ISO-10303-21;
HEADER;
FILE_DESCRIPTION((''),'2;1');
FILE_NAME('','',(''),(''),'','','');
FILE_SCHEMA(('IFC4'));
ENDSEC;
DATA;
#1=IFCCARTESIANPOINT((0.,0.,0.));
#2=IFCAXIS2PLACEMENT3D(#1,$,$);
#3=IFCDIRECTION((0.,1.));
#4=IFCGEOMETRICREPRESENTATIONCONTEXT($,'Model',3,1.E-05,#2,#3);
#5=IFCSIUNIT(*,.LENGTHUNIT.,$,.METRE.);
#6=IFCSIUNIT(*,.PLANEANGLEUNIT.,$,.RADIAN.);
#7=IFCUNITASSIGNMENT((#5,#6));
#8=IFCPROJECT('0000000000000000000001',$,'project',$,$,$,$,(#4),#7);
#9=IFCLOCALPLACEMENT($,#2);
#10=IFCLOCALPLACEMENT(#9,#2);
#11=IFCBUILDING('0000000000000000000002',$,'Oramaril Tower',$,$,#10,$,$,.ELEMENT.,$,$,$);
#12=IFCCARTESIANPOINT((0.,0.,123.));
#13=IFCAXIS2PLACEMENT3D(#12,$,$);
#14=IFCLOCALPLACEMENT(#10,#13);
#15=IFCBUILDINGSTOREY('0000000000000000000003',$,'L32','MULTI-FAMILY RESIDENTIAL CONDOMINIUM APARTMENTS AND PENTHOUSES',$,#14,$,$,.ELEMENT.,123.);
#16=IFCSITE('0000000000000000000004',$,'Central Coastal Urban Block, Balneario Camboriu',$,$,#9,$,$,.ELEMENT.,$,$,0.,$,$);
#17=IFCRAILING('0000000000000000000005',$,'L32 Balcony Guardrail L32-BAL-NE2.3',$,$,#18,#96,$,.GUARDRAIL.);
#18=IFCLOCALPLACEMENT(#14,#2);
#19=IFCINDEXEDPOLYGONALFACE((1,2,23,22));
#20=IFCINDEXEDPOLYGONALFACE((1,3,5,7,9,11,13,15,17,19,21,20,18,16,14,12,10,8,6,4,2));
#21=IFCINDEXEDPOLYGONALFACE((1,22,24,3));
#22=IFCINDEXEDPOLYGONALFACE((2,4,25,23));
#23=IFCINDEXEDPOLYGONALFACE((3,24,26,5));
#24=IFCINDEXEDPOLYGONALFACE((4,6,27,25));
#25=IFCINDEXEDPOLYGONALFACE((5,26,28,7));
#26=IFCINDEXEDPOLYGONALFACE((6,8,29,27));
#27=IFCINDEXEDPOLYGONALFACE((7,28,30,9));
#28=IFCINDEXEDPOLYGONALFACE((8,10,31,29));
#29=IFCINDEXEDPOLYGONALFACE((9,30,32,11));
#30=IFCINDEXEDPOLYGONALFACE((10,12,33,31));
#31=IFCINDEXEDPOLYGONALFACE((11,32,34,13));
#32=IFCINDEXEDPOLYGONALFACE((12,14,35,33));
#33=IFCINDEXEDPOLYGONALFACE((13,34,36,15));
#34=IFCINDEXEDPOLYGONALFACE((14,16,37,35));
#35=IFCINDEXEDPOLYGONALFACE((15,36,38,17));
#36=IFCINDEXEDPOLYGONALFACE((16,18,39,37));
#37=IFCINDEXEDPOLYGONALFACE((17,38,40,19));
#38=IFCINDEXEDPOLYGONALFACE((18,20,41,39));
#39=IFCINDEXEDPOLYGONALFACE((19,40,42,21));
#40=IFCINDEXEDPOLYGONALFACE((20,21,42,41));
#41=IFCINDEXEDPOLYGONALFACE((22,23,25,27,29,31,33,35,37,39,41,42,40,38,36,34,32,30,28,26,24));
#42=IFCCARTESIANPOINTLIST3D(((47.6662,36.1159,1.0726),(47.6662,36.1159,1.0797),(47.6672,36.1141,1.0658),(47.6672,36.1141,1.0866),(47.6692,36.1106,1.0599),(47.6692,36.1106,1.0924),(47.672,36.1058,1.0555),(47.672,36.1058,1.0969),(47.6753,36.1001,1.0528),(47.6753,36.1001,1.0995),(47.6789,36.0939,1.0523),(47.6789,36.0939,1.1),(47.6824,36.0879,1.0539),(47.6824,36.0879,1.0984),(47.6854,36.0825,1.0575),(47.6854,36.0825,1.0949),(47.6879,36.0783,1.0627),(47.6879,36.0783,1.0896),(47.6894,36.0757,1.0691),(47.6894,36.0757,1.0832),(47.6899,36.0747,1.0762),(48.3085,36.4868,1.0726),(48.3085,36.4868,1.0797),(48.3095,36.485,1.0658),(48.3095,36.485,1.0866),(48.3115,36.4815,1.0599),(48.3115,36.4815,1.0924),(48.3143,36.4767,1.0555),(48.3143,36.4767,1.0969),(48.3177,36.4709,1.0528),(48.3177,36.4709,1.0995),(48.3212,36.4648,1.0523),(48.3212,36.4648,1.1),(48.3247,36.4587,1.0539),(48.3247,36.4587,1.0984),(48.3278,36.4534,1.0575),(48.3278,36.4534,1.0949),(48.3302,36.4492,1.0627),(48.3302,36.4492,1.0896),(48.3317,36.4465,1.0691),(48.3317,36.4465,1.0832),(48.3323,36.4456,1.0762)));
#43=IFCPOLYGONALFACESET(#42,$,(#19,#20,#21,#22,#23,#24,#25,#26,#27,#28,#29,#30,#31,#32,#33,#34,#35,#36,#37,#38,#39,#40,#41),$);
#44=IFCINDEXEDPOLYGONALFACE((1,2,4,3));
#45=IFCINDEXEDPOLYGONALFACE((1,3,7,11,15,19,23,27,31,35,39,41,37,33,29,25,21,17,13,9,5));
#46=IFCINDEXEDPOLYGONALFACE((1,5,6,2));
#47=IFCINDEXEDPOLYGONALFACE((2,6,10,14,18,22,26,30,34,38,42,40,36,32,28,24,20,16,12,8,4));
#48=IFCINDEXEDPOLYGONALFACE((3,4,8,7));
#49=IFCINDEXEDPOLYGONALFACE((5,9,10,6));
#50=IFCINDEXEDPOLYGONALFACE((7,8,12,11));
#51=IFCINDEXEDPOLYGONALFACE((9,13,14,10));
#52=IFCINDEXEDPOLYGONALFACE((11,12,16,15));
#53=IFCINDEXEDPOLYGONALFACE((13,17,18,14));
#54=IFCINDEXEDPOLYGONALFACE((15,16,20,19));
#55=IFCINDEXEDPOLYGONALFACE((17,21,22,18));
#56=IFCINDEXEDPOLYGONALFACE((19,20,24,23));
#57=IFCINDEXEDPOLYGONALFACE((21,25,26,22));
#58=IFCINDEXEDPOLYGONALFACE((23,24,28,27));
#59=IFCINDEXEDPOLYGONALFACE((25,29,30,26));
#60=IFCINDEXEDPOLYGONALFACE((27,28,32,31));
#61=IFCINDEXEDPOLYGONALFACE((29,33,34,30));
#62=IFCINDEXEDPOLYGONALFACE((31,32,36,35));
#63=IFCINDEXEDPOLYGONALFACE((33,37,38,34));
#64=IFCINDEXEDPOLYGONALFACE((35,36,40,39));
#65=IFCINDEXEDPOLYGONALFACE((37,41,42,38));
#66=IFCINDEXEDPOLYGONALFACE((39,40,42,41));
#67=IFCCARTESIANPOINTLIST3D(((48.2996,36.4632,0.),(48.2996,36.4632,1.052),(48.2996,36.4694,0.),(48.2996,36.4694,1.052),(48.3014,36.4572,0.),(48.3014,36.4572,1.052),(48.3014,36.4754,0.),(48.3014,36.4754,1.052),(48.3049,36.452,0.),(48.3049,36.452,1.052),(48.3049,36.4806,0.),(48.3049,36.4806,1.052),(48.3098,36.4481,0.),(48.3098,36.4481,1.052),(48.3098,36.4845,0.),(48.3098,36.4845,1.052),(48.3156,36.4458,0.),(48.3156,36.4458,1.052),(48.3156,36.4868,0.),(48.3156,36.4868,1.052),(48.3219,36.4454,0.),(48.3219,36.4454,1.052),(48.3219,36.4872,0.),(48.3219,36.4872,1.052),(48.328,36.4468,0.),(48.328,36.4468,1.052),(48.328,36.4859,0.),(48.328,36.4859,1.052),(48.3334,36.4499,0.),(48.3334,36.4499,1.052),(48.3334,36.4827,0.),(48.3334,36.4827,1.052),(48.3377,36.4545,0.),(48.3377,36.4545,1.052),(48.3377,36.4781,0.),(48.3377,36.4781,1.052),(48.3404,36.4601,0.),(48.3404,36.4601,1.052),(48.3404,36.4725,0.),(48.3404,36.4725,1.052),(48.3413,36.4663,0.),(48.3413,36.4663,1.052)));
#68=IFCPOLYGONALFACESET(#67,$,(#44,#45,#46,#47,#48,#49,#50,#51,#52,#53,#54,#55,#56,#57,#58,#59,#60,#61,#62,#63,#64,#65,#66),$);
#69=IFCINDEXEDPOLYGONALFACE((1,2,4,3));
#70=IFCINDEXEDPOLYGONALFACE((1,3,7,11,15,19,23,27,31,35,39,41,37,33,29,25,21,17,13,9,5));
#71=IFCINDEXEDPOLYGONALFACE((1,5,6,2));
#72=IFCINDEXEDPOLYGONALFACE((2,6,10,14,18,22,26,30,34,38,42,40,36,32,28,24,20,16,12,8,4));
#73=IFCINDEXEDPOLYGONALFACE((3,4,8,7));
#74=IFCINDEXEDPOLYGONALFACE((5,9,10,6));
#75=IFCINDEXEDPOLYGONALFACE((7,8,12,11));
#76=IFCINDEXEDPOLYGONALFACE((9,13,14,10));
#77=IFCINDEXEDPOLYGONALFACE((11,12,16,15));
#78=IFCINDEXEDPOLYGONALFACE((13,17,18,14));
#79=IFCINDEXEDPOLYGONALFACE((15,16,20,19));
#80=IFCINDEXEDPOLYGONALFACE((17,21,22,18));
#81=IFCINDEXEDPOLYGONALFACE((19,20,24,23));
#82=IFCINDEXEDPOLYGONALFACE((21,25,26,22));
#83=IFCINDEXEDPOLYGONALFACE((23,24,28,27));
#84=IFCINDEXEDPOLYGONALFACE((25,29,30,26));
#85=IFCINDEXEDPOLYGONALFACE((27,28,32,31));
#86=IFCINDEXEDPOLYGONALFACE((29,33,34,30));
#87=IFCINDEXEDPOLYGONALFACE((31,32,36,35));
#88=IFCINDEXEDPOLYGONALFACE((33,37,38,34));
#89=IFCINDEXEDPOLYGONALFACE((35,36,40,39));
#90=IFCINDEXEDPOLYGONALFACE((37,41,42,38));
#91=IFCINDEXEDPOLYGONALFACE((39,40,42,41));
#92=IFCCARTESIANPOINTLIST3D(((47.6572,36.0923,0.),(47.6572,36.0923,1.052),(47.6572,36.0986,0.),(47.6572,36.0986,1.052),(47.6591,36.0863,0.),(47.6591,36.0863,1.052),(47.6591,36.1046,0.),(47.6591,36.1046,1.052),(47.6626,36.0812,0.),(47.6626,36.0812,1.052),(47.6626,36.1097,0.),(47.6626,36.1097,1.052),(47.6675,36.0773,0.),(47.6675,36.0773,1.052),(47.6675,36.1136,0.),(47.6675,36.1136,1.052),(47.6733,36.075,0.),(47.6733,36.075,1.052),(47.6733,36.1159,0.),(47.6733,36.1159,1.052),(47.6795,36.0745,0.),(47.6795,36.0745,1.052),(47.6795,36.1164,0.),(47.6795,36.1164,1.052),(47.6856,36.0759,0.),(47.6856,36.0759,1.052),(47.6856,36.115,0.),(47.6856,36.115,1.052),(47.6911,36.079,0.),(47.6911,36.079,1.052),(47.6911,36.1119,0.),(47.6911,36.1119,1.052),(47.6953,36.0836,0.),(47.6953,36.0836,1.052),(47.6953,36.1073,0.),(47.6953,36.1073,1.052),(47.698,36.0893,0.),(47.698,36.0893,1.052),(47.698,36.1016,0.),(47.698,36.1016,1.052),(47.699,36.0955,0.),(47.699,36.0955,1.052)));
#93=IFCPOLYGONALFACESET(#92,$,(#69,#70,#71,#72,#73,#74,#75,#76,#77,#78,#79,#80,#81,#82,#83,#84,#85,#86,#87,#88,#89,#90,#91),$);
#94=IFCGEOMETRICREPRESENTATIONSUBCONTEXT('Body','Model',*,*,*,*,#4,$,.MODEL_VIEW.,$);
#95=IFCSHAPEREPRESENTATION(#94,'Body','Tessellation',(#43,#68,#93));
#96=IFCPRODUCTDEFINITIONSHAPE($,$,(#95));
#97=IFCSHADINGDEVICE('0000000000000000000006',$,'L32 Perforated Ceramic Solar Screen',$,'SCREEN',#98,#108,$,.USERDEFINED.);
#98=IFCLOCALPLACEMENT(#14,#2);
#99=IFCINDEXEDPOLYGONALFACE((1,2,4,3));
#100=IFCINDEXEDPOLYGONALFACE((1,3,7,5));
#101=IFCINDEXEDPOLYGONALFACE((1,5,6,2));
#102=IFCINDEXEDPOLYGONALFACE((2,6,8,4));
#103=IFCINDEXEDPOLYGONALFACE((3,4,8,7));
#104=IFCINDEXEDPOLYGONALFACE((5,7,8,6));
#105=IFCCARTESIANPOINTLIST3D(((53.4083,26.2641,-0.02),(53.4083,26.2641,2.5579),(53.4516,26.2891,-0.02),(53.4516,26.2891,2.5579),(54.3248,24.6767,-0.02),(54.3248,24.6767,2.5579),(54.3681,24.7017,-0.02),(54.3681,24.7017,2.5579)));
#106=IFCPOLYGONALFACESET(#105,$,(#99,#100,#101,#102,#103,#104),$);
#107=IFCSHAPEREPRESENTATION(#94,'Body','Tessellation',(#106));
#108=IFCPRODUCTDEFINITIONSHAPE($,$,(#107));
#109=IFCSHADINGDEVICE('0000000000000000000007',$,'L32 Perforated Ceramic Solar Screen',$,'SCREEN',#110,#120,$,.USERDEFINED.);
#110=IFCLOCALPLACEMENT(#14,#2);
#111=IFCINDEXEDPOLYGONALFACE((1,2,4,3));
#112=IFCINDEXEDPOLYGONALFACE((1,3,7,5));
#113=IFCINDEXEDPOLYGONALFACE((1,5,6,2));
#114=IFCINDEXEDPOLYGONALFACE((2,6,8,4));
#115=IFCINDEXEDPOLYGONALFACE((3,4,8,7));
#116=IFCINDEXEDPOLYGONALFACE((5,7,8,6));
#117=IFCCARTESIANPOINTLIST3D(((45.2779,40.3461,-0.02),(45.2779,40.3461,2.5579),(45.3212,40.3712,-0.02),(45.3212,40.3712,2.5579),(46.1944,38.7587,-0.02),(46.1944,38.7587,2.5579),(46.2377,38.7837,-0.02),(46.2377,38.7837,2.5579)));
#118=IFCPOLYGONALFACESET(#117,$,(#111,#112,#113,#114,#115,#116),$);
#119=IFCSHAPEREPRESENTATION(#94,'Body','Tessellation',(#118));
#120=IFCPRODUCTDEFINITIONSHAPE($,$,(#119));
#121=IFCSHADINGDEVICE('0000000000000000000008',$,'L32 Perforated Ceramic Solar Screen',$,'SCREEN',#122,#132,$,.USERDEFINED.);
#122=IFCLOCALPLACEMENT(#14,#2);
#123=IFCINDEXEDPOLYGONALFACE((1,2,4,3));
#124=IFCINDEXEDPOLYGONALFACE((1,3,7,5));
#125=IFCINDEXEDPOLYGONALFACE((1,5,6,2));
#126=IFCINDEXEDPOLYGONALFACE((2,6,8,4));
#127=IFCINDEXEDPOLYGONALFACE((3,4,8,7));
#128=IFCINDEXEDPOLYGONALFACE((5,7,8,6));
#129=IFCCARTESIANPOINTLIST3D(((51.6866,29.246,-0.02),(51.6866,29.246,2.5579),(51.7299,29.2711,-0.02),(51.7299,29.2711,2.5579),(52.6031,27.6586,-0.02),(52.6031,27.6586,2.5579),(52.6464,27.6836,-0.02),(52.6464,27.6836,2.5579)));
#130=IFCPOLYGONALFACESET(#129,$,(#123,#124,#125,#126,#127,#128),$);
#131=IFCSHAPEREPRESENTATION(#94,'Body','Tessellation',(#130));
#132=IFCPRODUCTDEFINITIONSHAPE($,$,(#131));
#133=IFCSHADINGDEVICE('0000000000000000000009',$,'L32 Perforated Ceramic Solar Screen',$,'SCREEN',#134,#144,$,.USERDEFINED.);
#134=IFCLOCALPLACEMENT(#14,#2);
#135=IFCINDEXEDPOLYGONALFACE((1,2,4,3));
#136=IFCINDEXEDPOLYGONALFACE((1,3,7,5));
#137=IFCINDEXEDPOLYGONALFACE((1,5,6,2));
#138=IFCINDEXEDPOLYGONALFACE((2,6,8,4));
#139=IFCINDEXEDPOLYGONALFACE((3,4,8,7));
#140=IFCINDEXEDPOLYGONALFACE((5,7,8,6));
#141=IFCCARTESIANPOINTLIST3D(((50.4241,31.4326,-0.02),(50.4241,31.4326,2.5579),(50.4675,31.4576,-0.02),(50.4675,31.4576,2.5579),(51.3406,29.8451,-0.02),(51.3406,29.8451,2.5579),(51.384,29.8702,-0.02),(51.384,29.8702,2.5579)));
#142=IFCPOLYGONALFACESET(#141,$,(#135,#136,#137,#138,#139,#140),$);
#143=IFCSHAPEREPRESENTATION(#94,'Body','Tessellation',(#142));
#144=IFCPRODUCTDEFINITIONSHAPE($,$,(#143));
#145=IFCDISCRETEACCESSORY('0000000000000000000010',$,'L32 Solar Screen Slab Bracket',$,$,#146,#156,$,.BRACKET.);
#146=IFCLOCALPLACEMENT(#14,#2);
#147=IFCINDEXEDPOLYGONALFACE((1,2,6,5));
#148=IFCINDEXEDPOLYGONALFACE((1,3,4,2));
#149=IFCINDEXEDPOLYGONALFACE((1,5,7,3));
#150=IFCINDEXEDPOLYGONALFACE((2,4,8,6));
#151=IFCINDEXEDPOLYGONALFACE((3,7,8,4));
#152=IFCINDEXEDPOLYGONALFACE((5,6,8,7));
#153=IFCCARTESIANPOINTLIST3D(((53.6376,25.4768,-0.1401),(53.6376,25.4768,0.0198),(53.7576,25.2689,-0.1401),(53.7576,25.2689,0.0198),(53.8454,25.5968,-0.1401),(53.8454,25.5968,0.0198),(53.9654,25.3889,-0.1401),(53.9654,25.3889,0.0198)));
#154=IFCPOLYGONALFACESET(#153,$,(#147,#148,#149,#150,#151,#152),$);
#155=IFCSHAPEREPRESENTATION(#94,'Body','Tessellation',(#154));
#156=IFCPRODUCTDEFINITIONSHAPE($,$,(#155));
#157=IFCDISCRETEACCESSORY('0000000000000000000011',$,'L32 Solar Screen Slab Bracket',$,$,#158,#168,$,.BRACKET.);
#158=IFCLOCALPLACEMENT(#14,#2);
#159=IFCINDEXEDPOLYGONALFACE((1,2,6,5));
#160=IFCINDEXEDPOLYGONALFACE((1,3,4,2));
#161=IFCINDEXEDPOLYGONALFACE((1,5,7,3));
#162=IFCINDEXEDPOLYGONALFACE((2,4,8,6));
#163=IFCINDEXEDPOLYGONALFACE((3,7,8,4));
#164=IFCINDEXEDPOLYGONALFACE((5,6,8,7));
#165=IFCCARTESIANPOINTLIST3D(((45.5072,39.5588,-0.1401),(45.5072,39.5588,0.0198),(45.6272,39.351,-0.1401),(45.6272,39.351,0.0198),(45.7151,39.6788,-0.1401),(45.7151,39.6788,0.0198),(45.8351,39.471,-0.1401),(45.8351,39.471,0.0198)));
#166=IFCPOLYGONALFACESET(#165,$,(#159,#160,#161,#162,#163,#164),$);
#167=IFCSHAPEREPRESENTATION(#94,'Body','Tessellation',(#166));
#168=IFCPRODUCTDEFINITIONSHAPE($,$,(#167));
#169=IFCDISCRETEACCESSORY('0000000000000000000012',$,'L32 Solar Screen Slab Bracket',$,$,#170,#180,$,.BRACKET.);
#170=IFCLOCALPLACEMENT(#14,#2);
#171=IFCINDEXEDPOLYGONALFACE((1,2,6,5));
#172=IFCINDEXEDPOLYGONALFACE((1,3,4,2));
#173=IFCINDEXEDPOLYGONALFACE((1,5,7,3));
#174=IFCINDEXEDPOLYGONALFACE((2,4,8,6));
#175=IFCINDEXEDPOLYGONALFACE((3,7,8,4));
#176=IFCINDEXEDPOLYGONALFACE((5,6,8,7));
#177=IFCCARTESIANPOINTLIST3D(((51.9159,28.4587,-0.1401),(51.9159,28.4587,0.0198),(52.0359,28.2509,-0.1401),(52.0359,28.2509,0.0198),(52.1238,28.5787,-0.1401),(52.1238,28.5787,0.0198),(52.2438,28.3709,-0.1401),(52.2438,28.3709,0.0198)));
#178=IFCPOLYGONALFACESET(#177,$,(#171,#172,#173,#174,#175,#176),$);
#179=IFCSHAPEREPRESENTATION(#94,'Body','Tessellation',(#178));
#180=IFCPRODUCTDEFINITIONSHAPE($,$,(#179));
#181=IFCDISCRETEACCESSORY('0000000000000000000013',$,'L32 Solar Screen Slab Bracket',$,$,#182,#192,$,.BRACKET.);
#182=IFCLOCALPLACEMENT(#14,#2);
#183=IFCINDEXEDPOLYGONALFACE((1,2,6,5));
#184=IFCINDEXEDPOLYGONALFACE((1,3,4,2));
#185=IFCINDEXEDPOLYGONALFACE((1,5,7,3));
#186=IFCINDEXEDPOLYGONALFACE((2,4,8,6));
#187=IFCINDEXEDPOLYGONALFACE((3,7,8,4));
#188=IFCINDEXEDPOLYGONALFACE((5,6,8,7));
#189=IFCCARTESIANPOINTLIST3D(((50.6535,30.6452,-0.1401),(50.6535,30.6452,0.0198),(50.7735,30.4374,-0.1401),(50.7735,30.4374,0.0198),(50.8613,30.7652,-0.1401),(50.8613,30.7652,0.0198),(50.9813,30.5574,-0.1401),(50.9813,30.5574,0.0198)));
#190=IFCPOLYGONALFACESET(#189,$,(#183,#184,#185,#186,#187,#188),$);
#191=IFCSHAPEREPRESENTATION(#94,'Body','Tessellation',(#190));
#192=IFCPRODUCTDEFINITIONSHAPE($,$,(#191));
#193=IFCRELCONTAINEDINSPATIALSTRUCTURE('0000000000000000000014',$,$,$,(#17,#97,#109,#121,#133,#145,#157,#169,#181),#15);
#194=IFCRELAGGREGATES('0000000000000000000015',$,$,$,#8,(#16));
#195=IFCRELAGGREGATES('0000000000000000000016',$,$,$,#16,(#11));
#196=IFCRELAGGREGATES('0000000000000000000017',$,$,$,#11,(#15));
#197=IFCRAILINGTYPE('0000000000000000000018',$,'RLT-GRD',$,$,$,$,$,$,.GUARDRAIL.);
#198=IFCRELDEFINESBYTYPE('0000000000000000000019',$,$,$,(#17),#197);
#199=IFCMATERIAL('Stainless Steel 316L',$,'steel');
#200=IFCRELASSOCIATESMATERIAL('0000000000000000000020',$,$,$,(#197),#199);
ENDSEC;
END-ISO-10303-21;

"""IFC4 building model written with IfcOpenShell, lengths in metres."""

from ifc_helpers import new_model, si_unit, direction, frame, origin, origin_2d, place, context, subcontext, project, spatial, rectangle, circle, extrude, material, type_object, element, save


model = new_model("IFC4")

# Units and contexts
model_context = context("Model", 3, precision=1e-05, world=origin(), true_north=direction((0.0, 1.0)))
body_context = subcontext(model_context, "Body", "Model", "MODEL_VIEW")
ifc_project = project(units=[si_unit("LENGTHUNIT", "METRE"), si_unit("PLANEANGLEUNIT", "RADIAN")], contexts=[model_context])

# Site, building, storey
site_placement = place(None, origin())
site = spatial("IfcSite", under=ifc_project, at=site_placement, Name="Central Coastal Urban Block, Balneario Camboriu", CompositionType="ELEMENT", RefElevation=0.0)
building_placement = place(site_placement, origin())
building = spatial("IfcBuilding", under=site, at=building_placement, Name="Oramaril Tower", CompositionType="ELEMENT")
storey_placement = place(building_placement, frame((0.0, 0.0, 123.0)))
storey = spatial("IfcBuildingStorey", under=building, at=storey_placement, Name="L32", Description="MULTI-FAMILY RESIDENTIAL CONDOMINIUM APARTMENTS AND PENTHOUSES", CompositionType="ELEMENT", Elevation=123.0)

# Railing
ifc_material_1 = material(Name="Stainless Steel 316L", Category="steel")
railing_type = type_object("IfcRailingType", Name="RLT-GRD", PredefinedType="GUARDRAIL", material=ifc_material_1)
railing_1_placement = place(storey_placement, frame((48.3203, 36.4663, 0.0)))
element("IfcRailing", 1, at=railing_1_placement, inside=storey, type_object=railing_type, Name="L32 Balcony Guardrail L32-BAL-NE2.3", PredefinedType="GUARDRAIL", context=body_context, shape_type="SweptSolid", body=[
    extrude(circle(Radius=0.0239, at=origin_2d()), frame((0.0, 0.0, 1.0762), z_axis=(-0.866027, -0.499998, 0.0), x_axis=(0.499998, -0.866027, 0.0)), (0.0, 0.0, 1.0), 0.7417),
    extrude(circle(Radius=0.021, at=origin_2d()), origin(), (0.0, 0.0, 1.0), 1.052),
    extrude(circle(Radius=0.021, at=origin_2d()), frame((-0.6423, -0.3708, 0.0)), (0.0, 0.0, 1.0), 1.052),
])

# Shading devices
for number, where, z_axis, x_axis, name in (
    (2, (53.8882, 25.4829, -0.02), (0.0, 0.0, 1.0), (-0.499998, 0.866026, 0.0), "L32 Perforated Ceramic Solar Screen"),
    (3, (45.7578, 39.5649, -0.02), (0.0, 0.0, 1.0), (-0.499998, 0.866026, 0.0), "L32 Perforated Ceramic Solar Screen"),
    (4, (52.1665, 28.4648, -0.02), (0.0, 0.0, 1.0), (-0.499998, 0.866026, 0.0), "L32 Perforated Ceramic Solar Screen"),
    (5, (50.9041, 30.6514, -0.02), (0.0, 0.0, 1.0), (-0.499998, 0.866026, 0.0), "L32 Perforated Ceramic Solar Screen"),
):
    element("IfcShadingDevice", number, at=place(storey_placement, frame(where, z_axis=z_axis, x_axis=x_axis)), inside=storey, Name=name, ObjectType="SCREEN", PredefinedType="USERDEFINED", context=body_context, shape_type="SweptSolid", body=[
        extrude(rectangle(XDim=1.833, YDim=0.05, at=origin_2d()), origin(), (0.0, 0.0, 1.0), 2.5779),
    ])

# Discrete accessories
for number, where, z_axis, x_axis, name in (
    (6, (53.8015, 25.4329, -0.1401), (0.0, 0.0, 1.0), (-0.499998, 0.866026, 0.0), "L32 Solar Screen Slab Bracket"),
    (7, (45.6711, 39.5149, -0.1401), (0.0, 0.0, 1.0), (-0.499998, 0.866026, 0.0), "L32 Solar Screen Slab Bracket"),
    (8, (52.0798, 28.4148, -0.1401), (0.0, 0.0, 1.0), (-0.499998, 0.866026, 0.0), "L32 Solar Screen Slab Bracket"),
    (9, (50.8174, 30.6013, -0.1401), (0.0, 0.0, 1.0), (-0.499998, 0.866026, 0.0), "L32 Solar Screen Slab Bracket"),
):
    element("IfcDiscreteAccessory", number, at=place(storey_placement, frame(where, z_axis=z_axis, x_axis=x_axis)), inside=storey, Name=name, PredefinedType="BRACKET", context=body_context, shape_type="SweptSolid", body=[
        extrude(rectangle(XDim=0.24, YDim=0.24, at=origin_2d()), origin(), (0.0, 0.0, 1.0), 0.1599),
    ])

save(model, "model.ifc")
